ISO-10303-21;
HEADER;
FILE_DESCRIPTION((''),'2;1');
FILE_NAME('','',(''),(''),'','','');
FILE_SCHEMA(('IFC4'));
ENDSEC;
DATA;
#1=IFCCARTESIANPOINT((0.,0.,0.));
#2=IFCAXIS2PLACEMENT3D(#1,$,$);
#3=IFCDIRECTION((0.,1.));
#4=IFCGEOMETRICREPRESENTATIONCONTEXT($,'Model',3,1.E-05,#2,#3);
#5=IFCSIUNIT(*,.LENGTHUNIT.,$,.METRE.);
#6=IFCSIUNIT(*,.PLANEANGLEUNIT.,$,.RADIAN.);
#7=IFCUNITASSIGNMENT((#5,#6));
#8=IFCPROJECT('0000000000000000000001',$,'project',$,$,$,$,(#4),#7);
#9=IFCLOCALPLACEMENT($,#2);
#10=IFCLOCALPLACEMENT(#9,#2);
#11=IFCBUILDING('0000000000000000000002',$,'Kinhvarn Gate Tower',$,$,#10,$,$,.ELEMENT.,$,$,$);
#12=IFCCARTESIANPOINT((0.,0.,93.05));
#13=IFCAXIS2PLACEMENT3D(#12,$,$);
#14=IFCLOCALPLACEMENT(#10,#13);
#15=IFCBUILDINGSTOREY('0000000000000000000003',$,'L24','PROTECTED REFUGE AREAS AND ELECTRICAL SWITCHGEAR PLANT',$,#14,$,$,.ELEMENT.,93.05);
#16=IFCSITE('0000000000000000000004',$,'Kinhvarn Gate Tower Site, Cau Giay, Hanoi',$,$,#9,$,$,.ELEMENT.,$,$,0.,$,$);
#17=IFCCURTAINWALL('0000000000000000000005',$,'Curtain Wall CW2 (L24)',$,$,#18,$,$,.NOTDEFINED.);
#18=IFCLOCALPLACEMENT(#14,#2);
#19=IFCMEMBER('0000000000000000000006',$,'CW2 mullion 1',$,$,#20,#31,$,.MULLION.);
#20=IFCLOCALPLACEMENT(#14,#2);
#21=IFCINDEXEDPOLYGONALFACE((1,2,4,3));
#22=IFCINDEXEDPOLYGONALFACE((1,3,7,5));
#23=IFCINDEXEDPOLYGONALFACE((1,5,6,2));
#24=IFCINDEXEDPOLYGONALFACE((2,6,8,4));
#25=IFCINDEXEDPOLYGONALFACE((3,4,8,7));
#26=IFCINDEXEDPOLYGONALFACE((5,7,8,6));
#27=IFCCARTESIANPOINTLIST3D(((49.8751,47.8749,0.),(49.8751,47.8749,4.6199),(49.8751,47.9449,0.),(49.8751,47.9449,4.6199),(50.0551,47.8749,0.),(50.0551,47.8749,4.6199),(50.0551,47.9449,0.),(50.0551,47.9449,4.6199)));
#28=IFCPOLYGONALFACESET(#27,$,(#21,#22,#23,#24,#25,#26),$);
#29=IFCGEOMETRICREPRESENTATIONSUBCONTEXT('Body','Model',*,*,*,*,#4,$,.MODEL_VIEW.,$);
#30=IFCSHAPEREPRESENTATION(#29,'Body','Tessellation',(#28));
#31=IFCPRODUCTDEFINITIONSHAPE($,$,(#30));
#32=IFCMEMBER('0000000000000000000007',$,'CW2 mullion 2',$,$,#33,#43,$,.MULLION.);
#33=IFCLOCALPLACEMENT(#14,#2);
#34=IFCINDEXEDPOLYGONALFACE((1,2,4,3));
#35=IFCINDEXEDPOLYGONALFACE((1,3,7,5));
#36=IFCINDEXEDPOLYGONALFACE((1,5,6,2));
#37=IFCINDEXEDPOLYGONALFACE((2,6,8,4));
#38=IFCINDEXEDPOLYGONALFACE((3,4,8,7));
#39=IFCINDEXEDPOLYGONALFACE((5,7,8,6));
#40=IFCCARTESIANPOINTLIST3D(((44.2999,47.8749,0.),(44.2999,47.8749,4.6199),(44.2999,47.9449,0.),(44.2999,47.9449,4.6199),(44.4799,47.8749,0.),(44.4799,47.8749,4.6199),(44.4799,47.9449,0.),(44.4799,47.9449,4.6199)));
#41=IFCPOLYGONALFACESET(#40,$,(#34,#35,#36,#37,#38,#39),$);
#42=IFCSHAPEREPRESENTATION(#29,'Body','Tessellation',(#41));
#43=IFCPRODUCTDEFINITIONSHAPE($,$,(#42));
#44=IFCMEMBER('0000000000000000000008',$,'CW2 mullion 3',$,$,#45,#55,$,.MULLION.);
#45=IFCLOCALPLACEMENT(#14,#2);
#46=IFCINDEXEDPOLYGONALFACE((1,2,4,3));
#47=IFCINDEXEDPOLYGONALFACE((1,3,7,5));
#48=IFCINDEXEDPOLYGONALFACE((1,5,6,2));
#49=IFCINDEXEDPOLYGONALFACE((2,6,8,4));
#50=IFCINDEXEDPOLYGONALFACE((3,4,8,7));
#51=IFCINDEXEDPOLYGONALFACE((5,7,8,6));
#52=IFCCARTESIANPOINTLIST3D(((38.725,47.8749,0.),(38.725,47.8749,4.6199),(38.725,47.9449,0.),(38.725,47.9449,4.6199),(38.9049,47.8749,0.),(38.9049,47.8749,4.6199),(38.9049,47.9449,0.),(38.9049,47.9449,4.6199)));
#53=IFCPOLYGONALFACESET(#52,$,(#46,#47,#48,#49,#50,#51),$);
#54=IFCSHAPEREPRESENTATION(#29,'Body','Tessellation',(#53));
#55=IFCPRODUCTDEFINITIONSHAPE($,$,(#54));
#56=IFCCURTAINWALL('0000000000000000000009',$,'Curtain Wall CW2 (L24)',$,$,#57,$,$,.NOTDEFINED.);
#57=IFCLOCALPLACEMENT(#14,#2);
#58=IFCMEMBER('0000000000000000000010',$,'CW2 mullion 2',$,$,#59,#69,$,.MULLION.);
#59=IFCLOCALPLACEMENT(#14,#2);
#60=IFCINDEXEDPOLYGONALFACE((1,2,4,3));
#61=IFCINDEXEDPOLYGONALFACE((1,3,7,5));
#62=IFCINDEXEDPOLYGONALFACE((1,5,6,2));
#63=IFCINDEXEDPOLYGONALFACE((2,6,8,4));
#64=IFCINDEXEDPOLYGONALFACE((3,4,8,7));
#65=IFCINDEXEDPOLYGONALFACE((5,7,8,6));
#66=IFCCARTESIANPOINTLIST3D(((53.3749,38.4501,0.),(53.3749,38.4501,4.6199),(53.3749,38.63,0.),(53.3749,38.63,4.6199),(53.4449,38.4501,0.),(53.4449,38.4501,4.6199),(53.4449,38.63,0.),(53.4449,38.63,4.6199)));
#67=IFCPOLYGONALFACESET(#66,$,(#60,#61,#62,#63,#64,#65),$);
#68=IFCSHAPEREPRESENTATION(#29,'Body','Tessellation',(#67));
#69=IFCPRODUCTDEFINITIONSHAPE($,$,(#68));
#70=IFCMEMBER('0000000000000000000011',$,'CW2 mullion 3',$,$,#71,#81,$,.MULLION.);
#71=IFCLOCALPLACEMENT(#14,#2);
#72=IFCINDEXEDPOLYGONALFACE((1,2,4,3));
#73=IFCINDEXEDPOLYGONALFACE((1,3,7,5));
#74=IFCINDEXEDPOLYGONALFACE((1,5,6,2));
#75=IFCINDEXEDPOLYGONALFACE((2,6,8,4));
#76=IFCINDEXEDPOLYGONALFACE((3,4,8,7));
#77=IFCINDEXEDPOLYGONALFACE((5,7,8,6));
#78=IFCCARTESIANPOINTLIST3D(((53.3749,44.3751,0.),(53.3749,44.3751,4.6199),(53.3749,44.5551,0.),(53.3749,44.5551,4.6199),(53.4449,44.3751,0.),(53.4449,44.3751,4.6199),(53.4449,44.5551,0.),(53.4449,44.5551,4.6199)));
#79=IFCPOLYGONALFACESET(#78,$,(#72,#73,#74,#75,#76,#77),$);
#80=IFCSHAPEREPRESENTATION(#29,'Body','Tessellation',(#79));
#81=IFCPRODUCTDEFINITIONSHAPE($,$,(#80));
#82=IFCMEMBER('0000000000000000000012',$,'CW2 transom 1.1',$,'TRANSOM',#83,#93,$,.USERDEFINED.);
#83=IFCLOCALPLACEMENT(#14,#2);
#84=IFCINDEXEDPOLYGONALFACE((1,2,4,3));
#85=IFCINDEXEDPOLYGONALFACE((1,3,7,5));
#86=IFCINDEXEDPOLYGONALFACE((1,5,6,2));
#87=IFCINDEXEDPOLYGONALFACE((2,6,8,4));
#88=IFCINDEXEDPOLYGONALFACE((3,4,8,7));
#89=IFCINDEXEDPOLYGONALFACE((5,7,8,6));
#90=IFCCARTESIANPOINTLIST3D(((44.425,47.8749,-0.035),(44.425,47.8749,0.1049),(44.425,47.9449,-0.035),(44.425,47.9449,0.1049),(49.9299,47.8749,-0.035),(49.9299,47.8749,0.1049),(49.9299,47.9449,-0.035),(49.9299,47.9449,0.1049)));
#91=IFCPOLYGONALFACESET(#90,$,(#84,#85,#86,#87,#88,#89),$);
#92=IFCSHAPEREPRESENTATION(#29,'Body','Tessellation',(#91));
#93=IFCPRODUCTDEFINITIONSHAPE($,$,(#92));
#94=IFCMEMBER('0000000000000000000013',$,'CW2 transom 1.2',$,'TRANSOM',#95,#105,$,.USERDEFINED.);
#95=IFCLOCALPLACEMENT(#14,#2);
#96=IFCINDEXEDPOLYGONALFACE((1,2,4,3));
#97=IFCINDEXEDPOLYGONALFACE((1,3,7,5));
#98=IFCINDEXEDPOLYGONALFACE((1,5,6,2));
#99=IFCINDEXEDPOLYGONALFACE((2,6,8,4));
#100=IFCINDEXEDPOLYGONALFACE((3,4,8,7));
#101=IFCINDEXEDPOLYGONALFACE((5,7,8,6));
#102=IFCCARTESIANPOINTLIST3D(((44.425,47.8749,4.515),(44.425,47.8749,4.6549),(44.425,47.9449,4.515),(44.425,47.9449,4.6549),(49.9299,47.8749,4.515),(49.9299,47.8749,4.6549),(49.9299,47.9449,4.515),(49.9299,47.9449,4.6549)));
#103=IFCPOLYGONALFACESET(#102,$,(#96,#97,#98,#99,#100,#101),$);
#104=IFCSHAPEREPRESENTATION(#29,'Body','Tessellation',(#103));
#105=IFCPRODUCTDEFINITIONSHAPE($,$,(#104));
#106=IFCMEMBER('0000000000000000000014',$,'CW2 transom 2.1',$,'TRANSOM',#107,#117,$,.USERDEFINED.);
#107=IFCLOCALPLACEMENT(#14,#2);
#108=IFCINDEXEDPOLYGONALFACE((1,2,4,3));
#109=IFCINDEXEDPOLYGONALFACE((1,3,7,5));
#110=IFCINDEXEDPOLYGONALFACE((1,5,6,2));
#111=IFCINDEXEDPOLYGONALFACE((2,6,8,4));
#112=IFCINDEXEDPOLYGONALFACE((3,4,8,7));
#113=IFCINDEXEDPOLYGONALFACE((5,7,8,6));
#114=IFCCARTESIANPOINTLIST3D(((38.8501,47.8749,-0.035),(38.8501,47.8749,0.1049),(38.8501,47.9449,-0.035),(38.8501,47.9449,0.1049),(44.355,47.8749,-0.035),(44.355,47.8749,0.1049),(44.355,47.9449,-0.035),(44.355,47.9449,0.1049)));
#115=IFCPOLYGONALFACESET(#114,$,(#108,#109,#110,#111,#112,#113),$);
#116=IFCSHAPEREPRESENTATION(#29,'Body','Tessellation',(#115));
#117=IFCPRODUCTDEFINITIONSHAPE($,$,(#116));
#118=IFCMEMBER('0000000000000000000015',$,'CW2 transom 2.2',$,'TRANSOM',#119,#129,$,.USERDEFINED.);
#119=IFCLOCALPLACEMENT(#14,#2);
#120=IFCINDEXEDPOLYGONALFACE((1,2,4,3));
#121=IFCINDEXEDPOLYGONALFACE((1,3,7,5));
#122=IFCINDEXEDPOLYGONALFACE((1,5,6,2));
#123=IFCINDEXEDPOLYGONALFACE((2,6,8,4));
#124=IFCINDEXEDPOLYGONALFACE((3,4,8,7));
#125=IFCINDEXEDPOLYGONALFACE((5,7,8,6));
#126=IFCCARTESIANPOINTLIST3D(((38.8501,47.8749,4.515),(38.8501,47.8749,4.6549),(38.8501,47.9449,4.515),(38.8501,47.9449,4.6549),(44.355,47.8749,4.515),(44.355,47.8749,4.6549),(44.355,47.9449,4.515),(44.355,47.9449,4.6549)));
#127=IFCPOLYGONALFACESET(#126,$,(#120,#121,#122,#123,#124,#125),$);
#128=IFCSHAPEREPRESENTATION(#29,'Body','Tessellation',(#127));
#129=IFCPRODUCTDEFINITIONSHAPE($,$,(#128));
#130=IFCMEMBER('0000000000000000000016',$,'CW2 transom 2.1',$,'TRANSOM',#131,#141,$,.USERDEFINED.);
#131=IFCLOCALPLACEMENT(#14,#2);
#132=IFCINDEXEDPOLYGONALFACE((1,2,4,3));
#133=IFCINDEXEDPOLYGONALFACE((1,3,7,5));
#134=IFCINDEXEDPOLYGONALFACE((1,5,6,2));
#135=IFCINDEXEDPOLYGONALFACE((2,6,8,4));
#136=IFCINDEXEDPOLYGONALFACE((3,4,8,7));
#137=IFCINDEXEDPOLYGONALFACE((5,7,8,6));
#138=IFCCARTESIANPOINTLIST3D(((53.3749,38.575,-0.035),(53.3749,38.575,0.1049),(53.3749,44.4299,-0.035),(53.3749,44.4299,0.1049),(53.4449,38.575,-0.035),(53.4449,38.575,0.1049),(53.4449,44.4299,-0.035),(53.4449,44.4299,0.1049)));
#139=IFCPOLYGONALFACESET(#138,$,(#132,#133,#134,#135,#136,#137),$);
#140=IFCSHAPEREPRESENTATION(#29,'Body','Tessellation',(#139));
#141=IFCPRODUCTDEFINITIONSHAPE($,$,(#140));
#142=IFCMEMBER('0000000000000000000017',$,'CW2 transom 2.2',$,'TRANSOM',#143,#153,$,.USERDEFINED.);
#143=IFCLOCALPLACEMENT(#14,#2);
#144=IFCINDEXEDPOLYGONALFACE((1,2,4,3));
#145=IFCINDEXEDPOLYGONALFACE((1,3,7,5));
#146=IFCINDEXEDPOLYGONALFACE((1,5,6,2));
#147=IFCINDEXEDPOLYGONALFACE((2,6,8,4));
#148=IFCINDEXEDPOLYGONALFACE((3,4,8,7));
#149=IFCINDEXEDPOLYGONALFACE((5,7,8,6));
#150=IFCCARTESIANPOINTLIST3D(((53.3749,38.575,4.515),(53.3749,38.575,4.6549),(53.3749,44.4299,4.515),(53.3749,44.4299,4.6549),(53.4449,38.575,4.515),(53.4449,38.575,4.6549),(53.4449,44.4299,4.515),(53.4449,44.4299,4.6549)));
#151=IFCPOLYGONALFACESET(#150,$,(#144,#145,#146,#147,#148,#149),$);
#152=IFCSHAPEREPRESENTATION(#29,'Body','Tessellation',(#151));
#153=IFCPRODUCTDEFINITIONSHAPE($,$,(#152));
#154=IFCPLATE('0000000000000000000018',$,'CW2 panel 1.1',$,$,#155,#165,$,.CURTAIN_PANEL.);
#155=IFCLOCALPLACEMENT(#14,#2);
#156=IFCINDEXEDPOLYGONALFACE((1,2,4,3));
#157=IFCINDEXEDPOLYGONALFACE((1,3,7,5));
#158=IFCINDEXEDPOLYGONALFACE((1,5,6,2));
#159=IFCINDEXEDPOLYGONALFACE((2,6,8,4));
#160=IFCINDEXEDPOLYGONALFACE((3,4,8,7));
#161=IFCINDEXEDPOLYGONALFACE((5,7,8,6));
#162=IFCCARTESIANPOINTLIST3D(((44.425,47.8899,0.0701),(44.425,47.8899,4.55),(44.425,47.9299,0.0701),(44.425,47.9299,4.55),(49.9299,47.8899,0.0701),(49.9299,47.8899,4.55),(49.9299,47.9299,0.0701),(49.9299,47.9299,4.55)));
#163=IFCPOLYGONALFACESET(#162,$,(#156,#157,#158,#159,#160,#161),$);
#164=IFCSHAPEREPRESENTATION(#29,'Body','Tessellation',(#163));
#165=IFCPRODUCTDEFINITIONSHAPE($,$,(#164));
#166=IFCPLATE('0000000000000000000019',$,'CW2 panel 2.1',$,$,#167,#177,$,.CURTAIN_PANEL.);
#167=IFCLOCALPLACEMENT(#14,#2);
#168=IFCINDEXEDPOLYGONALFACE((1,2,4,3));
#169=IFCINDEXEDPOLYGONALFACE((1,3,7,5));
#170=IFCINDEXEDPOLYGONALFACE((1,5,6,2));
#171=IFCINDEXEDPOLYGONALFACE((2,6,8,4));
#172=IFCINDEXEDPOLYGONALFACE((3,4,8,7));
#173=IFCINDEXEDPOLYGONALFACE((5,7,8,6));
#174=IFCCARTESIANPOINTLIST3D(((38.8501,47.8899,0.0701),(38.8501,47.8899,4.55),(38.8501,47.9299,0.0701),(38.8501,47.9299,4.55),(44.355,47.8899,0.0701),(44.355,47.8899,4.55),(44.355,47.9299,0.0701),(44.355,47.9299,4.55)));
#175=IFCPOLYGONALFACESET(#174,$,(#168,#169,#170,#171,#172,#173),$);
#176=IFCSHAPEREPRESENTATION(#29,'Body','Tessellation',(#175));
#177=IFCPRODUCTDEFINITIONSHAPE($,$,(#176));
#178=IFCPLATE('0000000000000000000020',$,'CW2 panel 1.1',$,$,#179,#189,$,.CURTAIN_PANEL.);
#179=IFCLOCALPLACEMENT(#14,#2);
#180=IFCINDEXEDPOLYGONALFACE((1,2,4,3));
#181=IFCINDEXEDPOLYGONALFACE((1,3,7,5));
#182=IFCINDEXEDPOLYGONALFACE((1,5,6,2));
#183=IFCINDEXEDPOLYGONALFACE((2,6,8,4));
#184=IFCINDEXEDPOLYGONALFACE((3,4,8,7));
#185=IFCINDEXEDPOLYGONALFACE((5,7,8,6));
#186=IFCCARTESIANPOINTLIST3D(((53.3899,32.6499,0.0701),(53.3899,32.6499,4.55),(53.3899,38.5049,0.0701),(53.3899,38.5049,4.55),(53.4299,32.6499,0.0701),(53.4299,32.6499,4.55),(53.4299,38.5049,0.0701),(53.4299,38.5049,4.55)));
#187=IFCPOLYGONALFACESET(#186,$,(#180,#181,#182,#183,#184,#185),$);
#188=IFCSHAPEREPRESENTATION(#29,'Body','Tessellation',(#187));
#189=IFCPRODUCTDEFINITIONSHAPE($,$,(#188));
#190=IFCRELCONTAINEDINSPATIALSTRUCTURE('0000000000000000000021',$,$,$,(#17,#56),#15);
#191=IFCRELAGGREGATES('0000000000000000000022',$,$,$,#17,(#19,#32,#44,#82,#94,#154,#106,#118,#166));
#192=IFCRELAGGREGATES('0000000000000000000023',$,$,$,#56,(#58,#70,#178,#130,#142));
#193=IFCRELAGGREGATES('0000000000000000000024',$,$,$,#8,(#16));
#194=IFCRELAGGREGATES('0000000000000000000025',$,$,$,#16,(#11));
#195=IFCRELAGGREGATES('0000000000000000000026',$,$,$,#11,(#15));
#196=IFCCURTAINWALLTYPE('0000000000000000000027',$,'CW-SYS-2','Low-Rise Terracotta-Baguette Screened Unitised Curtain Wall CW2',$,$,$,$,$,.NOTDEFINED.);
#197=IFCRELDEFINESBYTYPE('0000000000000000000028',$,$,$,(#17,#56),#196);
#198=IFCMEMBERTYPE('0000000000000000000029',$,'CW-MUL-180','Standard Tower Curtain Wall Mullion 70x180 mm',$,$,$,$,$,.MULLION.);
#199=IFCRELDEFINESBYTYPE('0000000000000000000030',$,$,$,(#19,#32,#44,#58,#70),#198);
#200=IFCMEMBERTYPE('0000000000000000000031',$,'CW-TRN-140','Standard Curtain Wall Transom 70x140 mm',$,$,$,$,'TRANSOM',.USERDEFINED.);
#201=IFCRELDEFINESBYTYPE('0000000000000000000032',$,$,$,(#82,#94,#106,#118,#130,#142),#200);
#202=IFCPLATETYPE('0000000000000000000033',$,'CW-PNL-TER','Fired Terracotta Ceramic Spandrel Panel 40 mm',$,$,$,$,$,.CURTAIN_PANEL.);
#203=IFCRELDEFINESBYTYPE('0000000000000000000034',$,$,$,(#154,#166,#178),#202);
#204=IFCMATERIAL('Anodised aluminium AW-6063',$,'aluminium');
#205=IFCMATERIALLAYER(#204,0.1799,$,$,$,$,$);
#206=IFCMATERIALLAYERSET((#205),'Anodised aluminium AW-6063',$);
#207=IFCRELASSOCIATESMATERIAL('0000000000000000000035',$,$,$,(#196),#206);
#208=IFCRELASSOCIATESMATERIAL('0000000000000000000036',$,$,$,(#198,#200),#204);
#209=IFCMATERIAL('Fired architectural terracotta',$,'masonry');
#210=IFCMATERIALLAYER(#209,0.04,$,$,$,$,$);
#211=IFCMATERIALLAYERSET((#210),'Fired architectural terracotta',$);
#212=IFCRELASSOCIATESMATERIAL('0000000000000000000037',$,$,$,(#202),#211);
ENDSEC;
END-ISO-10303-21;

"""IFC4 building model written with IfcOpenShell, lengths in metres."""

from ifc_helpers import new_model, si_unit, direction, frame, origin, origin_2d, place, context, subcontext, project, spatial, rectangle, extrude, material, layer, layer_set, material_profile, profile_set, type_object, element, aggregate, save


model = new_model("IFC4")

# Units and contexts
model_context = context("Model", 3, precision=1e-05, world=origin(), true_north=direction((0.0, 1.0)))
body_context = subcontext(model_context, "Body", "Model", "MODEL_VIEW")
ifc_project = project(units=[si_unit("LENGTHUNIT", "METRE"), si_unit("PLANEANGLEUNIT", "RADIAN")], contexts=[model_context])

# Site, building, storey
site_placement = place(None, origin())
site = spatial("IfcSite", under=ifc_project, at=site_placement, Name="Kinhvarn Gate Tower Site, Cau Giay, Hanoi", CompositionType="ELEMENT", RefElevation=0.0)
building_placement = place(site_placement, origin())
building = spatial("IfcBuilding", under=site, at=building_placement, Name="Kinhvarn Gate Tower", CompositionType="ELEMENT")
storey_placement = place(building_placement, frame((0.0, 0.0, 93.05)))
storey = spatial("IfcBuildingStorey", under=building, at=storey_placement, Name="L24", Description="PROTECTED REFUGE AREAS AND ELECTRICAL SWITCHGEAR PLANT", CompositionType="ELEMENT", Elevation=93.05)

# Curtain walls, members
ifc_material_1 = material(Name="Anodised aluminium AW-6063", Category="aluminium")
ifc_layer_1 = layer(ifc_material_1, 0.1799)
ifc_layer_set_1 = layer_set([ifc_layer_1], Name="Anodised aluminium AW-6063")
curtain_wall_type = type_object("IfcCurtainWallType", Name="CW-SYS-2", Description="Low-Rise Terracotta-Baguette Screened Unitised Curtain Wall CW2", PredefinedType="NOTDEFINED", material=ifc_layer_set_1)
curtain_wall_1_placement = place(storey_placement, origin())
curtain_wall_1 = element("IfcCurtainWall", 1, at=curtain_wall_1_placement, inside=storey, type_object=curtain_wall_type, Name="Curtain Wall CW2 (L24)", PredefinedType="NOTDEFINED")
ifc_material_profile_1 = material_profile(ifc_material_1, rectangle(XDim=0.0701, YDim=0.1799, at=origin_2d()), Name="ALU 70x180")
ifc_profile_set_1 = profile_set([ifc_material_profile_1], Name="Anodised aluminium AW-6063")
member_type_1 = type_object("IfcMemberType", Name="CW-MUL-180", Description="Standard Tower Curtain Wall Mullion 70x180 mm", PredefinedType="MULLION", material=ifc_profile_set_1)
member_1_placement = place(storey_placement, frame((49.9651, 47.9099, 0.0), z_axis=(0.0, 0.0, 1.0), x_axis=(0.0, -1.0, 0.0)))
member_1 = element("IfcMember", 2, at=member_1_placement, type_object=member_type_1, Name="CW2 mullion 1", PredefinedType="MULLION", context=body_context, shape_type="SweptSolid", body=[
    extrude(rectangle(XDim=0.0701, YDim=0.1799, at=origin_2d()), origin(), (0.0, 0.0, 1.0), 4.6199),
])
member_2_placement = place(storey_placement, frame((44.3899, 47.9099, 0.0), z_axis=(0.0, 0.0, 1.0), x_axis=(0.0, -1.0, 0.0)))
member_2 = element("IfcMember", 3, at=member_2_placement, type_object=member_type_1, Name="CW2 mullion 2", PredefinedType="MULLION", context=body_context, shape_type="SweptSolid", body=[
    extrude(rectangle(XDim=0.0701, YDim=0.1799, at=origin_2d()), origin(), (0.0, 0.0, 1.0), 4.6199),
])
member_3_placement = place(storey_placement, frame((38.8149, 47.9099, 0.0), z_axis=(0.0, 0.0, 1.0), x_axis=(0.0, -1.0, 0.0)))
member_3 = element("IfcMember", 4, at=member_3_placement, type_object=member_type_1, Name="CW2 mullion 3", PredefinedType="MULLION", context=body_context, shape_type="SweptSolid", body=[
    extrude(rectangle(XDim=0.0701, YDim=0.1799, at=origin_2d()), origin(), (0.0, 0.0, 1.0), 4.6199),
])
curtain_wall_2_placement = place(storey_placement, origin())
curtain_wall_2 = element("IfcCurtainWall", 5, at=curtain_wall_2_placement, inside=storey, type_object=curtain_wall_type, Name="Curtain Wall CW2 (L24)", PredefinedType="NOTDEFINED")
member_4_placement = place(storey_placement, frame((53.4099, 38.54, 0.0), z_axis=(0.0, 0.0, 1.0), x_axis=(-1.0, 0.0, 0.0)))
member_4 = element("IfcMember", 6, at=member_4_placement, type_object=member_type_1, Name="CW2 mullion 2", PredefinedType="MULLION", context=body_context, shape_type="SweptSolid", body=[
    extrude(rectangle(XDim=0.0701, YDim=0.1799, at=origin_2d()), origin(), (0.0, 0.0, 1.0), 4.6199),
])
member_5_placement = place(storey_placement, frame((53.4099, 44.4651, 0.0), z_axis=(0.0, 0.0, 1.0), x_axis=(-1.0, 0.0, 0.0)))
member_5 = element("IfcMember", 7, at=member_5_placement, type_object=member_type_1, Name="CW2 mullion 3", PredefinedType="MULLION", context=body_context, shape_type="SweptSolid", body=[
    extrude(rectangle(XDim=0.0701, YDim=0.1799, at=origin_2d()), origin(), (0.0, 0.0, 1.0), 4.6199),
])

# Members
ifc_material_profile_2 = material_profile(ifc_material_1, rectangle(XDim=0.0701, YDim=0.1399, at=origin_2d()), Name="ALU 70x140")
ifc_profile_set_2 = profile_set([ifc_material_profile_2], Name="Anodised aluminium AW-6063")
member_type_2 = type_object("IfcMemberType", Name="CW-TRN-140", Description="Standard Curtain Wall Transom 70x140 mm", ElementType="TRANSOM", PredefinedType="USERDEFINED", material=ifc_profile_set_2)
member_6_placement = place(storey_placement, frame((49.9299, 47.9099, 0.0349), z_axis=(-1.0, 0.0, 0.0), x_axis=(0.0, -1.0, 0.0)))
member_6 = element("IfcMember", 8, at=member_6_placement, type_object=member_type_2, Name="CW2 transom 1.1", ObjectType="TRANSOM", PredefinedType="USERDEFINED", context=body_context, shape_type="SweptSolid", body=[
    extrude(rectangle(XDim=0.0701, YDim=0.1399, at=origin_2d()), origin(), (0.0, 0.0, 1.0), 5.5049),
])
member_7_placement = place(storey_placement, frame((49.9299, 47.9099, 4.585), z_axis=(-1.0, 0.0, 0.0), x_axis=(0.0, -1.0, 0.0)))
member_7 = element("IfcMember", 9, at=member_7_placement, type_object=member_type_2, Name="CW2 transom 1.2", ObjectType="TRANSOM", PredefinedType="USERDEFINED", context=body_context, shape_type="SweptSolid", body=[
    extrude(rectangle(XDim=0.0701, YDim=0.1399, at=origin_2d()), origin(), (0.0, 0.0, 1.0), 5.5049),
])
member_8_placement = place(storey_placement, frame((44.355, 47.9099, 0.0349), z_axis=(-1.0, 0.0, 0.0), x_axis=(0.0, -1.0, 0.0)))
member_8 = element("IfcMember", 10, at=member_8_placement, type_object=member_type_2, Name="CW2 transom 2.1", ObjectType="TRANSOM", PredefinedType="USERDEFINED", context=body_context, shape_type="SweptSolid", body=[
    extrude(rectangle(XDim=0.0701, YDim=0.1399, at=origin_2d()), origin(), (0.0, 0.0, 1.0), 5.5049),
])
member_9_placement = place(storey_placement, frame((44.355, 47.9099, 4.585), z_axis=(-1.0, 0.0, 0.0), x_axis=(0.0, -1.0, 0.0)))
member_9 = element("IfcMember", 11, at=member_9_placement, type_object=member_type_2, Name="CW2 transom 2.2", ObjectType="TRANSOM", PredefinedType="USERDEFINED", context=body_context, shape_type="SweptSolid", body=[
    extrude(rectangle(XDim=0.0701, YDim=0.1399, at=origin_2d()), origin(), (0.0, 0.0, 1.0), 5.5049),
])
member_10_placement = place(storey_placement, frame((53.4099, 38.575, 0.0349), z_axis=(0.0, 1.0, 0.0), x_axis=(-1.0, 0.0, 0.0)))
member_10 = element("IfcMember", 12, at=member_10_placement, type_object=member_type_2, Name="CW2 transom 2.1", ObjectType="TRANSOM", PredefinedType="USERDEFINED", context=body_context, shape_type="SweptSolid", body=[
    extrude(rectangle(XDim=0.0701, YDim=0.1399, at=origin_2d()), origin(), (0.0, 0.0, 1.0), 5.855),
])
member_11_placement = place(storey_placement, frame((53.4099, 38.575, 4.585), z_axis=(0.0, 1.0, 0.0), x_axis=(-1.0, 0.0, 0.0)))
member_11 = element("IfcMember", 13, at=member_11_placement, type_object=member_type_2, Name="CW2 transom 2.2", ObjectType="TRANSOM", PredefinedType="USERDEFINED", context=body_context, shape_type="SweptSolid", body=[
    extrude(rectangle(XDim=0.0701, YDim=0.1399, at=origin_2d()), origin(), (0.0, 0.0, 1.0), 5.855),
])

# Plates
ifc_material_2 = material(Name="Fired architectural terracotta", Category="masonry")
ifc_layer_2 = layer(ifc_material_2, 0.04)
ifc_layer_set_2 = layer_set([ifc_layer_2], Name="Fired architectural terracotta")
plate_type = type_object("IfcPlateType", Name="CW-PNL-TER", Description="Fired Terracotta Ceramic Spandrel Panel 40 mm", PredefinedType="CURTAIN_PANEL", material=ifc_layer_set_2)
plate_1_placement = place(storey_placement, frame((47.1775, 47.9099, 0.0701), z_axis=(0.0, 0.0, 1.0), x_axis=(-1.0, 0.0, 0.0)))
plate_1 = element("IfcPlate", 14, at=plate_1_placement, type_object=plate_type, Name="CW2 panel 1.1", PredefinedType="CURTAIN_PANEL", context=body_context, shape_type="SweptSolid", body=[
    extrude(rectangle(XDim=5.5049, YDim=0.04, at=origin_2d()), origin(), (0.0, 0.0, 1.0), 4.48),
])
plate_2_placement = place(storey_placement, frame((41.6025, 47.9099, 0.0701), z_axis=(0.0, 0.0, 1.0), x_axis=(-1.0, 0.0, 0.0)))
plate_2 = element("IfcPlate", 15, at=plate_2_placement, type_object=plate_type, Name="CW2 panel 2.1", PredefinedType="CURTAIN_PANEL", context=body_context, shape_type="SweptSolid", body=[
    extrude(rectangle(XDim=5.5049, YDim=0.04, at=origin_2d()), origin(), (0.0, 0.0, 1.0), 4.48),
])
aggregate(curtain_wall_1, [member_1, member_2, member_3, member_6, member_7, plate_1, member_8, member_9, plate_2])
plate_3_placement = place(storey_placement, frame((53.4099, 35.5774, 0.0701), z_axis=(0.0, 0.0, 1.0), x_axis=(0.0, 1.0, 0.0)))
plate_3 = element("IfcPlate", 16, at=plate_3_placement, type_object=plate_type, Name="CW2 panel 1.1", PredefinedType="CURTAIN_PANEL", context=body_context, shape_type="SweptSolid", body=[
    extrude(rectangle(XDim=5.855, YDim=0.04, at=origin_2d()), origin(), (0.0, 0.0, 1.0), 4.48),
])
aggregate(curtain_wall_2, [member_4, member_5, plate_3, member_10, member_11])

save(model, "model.ifc")
